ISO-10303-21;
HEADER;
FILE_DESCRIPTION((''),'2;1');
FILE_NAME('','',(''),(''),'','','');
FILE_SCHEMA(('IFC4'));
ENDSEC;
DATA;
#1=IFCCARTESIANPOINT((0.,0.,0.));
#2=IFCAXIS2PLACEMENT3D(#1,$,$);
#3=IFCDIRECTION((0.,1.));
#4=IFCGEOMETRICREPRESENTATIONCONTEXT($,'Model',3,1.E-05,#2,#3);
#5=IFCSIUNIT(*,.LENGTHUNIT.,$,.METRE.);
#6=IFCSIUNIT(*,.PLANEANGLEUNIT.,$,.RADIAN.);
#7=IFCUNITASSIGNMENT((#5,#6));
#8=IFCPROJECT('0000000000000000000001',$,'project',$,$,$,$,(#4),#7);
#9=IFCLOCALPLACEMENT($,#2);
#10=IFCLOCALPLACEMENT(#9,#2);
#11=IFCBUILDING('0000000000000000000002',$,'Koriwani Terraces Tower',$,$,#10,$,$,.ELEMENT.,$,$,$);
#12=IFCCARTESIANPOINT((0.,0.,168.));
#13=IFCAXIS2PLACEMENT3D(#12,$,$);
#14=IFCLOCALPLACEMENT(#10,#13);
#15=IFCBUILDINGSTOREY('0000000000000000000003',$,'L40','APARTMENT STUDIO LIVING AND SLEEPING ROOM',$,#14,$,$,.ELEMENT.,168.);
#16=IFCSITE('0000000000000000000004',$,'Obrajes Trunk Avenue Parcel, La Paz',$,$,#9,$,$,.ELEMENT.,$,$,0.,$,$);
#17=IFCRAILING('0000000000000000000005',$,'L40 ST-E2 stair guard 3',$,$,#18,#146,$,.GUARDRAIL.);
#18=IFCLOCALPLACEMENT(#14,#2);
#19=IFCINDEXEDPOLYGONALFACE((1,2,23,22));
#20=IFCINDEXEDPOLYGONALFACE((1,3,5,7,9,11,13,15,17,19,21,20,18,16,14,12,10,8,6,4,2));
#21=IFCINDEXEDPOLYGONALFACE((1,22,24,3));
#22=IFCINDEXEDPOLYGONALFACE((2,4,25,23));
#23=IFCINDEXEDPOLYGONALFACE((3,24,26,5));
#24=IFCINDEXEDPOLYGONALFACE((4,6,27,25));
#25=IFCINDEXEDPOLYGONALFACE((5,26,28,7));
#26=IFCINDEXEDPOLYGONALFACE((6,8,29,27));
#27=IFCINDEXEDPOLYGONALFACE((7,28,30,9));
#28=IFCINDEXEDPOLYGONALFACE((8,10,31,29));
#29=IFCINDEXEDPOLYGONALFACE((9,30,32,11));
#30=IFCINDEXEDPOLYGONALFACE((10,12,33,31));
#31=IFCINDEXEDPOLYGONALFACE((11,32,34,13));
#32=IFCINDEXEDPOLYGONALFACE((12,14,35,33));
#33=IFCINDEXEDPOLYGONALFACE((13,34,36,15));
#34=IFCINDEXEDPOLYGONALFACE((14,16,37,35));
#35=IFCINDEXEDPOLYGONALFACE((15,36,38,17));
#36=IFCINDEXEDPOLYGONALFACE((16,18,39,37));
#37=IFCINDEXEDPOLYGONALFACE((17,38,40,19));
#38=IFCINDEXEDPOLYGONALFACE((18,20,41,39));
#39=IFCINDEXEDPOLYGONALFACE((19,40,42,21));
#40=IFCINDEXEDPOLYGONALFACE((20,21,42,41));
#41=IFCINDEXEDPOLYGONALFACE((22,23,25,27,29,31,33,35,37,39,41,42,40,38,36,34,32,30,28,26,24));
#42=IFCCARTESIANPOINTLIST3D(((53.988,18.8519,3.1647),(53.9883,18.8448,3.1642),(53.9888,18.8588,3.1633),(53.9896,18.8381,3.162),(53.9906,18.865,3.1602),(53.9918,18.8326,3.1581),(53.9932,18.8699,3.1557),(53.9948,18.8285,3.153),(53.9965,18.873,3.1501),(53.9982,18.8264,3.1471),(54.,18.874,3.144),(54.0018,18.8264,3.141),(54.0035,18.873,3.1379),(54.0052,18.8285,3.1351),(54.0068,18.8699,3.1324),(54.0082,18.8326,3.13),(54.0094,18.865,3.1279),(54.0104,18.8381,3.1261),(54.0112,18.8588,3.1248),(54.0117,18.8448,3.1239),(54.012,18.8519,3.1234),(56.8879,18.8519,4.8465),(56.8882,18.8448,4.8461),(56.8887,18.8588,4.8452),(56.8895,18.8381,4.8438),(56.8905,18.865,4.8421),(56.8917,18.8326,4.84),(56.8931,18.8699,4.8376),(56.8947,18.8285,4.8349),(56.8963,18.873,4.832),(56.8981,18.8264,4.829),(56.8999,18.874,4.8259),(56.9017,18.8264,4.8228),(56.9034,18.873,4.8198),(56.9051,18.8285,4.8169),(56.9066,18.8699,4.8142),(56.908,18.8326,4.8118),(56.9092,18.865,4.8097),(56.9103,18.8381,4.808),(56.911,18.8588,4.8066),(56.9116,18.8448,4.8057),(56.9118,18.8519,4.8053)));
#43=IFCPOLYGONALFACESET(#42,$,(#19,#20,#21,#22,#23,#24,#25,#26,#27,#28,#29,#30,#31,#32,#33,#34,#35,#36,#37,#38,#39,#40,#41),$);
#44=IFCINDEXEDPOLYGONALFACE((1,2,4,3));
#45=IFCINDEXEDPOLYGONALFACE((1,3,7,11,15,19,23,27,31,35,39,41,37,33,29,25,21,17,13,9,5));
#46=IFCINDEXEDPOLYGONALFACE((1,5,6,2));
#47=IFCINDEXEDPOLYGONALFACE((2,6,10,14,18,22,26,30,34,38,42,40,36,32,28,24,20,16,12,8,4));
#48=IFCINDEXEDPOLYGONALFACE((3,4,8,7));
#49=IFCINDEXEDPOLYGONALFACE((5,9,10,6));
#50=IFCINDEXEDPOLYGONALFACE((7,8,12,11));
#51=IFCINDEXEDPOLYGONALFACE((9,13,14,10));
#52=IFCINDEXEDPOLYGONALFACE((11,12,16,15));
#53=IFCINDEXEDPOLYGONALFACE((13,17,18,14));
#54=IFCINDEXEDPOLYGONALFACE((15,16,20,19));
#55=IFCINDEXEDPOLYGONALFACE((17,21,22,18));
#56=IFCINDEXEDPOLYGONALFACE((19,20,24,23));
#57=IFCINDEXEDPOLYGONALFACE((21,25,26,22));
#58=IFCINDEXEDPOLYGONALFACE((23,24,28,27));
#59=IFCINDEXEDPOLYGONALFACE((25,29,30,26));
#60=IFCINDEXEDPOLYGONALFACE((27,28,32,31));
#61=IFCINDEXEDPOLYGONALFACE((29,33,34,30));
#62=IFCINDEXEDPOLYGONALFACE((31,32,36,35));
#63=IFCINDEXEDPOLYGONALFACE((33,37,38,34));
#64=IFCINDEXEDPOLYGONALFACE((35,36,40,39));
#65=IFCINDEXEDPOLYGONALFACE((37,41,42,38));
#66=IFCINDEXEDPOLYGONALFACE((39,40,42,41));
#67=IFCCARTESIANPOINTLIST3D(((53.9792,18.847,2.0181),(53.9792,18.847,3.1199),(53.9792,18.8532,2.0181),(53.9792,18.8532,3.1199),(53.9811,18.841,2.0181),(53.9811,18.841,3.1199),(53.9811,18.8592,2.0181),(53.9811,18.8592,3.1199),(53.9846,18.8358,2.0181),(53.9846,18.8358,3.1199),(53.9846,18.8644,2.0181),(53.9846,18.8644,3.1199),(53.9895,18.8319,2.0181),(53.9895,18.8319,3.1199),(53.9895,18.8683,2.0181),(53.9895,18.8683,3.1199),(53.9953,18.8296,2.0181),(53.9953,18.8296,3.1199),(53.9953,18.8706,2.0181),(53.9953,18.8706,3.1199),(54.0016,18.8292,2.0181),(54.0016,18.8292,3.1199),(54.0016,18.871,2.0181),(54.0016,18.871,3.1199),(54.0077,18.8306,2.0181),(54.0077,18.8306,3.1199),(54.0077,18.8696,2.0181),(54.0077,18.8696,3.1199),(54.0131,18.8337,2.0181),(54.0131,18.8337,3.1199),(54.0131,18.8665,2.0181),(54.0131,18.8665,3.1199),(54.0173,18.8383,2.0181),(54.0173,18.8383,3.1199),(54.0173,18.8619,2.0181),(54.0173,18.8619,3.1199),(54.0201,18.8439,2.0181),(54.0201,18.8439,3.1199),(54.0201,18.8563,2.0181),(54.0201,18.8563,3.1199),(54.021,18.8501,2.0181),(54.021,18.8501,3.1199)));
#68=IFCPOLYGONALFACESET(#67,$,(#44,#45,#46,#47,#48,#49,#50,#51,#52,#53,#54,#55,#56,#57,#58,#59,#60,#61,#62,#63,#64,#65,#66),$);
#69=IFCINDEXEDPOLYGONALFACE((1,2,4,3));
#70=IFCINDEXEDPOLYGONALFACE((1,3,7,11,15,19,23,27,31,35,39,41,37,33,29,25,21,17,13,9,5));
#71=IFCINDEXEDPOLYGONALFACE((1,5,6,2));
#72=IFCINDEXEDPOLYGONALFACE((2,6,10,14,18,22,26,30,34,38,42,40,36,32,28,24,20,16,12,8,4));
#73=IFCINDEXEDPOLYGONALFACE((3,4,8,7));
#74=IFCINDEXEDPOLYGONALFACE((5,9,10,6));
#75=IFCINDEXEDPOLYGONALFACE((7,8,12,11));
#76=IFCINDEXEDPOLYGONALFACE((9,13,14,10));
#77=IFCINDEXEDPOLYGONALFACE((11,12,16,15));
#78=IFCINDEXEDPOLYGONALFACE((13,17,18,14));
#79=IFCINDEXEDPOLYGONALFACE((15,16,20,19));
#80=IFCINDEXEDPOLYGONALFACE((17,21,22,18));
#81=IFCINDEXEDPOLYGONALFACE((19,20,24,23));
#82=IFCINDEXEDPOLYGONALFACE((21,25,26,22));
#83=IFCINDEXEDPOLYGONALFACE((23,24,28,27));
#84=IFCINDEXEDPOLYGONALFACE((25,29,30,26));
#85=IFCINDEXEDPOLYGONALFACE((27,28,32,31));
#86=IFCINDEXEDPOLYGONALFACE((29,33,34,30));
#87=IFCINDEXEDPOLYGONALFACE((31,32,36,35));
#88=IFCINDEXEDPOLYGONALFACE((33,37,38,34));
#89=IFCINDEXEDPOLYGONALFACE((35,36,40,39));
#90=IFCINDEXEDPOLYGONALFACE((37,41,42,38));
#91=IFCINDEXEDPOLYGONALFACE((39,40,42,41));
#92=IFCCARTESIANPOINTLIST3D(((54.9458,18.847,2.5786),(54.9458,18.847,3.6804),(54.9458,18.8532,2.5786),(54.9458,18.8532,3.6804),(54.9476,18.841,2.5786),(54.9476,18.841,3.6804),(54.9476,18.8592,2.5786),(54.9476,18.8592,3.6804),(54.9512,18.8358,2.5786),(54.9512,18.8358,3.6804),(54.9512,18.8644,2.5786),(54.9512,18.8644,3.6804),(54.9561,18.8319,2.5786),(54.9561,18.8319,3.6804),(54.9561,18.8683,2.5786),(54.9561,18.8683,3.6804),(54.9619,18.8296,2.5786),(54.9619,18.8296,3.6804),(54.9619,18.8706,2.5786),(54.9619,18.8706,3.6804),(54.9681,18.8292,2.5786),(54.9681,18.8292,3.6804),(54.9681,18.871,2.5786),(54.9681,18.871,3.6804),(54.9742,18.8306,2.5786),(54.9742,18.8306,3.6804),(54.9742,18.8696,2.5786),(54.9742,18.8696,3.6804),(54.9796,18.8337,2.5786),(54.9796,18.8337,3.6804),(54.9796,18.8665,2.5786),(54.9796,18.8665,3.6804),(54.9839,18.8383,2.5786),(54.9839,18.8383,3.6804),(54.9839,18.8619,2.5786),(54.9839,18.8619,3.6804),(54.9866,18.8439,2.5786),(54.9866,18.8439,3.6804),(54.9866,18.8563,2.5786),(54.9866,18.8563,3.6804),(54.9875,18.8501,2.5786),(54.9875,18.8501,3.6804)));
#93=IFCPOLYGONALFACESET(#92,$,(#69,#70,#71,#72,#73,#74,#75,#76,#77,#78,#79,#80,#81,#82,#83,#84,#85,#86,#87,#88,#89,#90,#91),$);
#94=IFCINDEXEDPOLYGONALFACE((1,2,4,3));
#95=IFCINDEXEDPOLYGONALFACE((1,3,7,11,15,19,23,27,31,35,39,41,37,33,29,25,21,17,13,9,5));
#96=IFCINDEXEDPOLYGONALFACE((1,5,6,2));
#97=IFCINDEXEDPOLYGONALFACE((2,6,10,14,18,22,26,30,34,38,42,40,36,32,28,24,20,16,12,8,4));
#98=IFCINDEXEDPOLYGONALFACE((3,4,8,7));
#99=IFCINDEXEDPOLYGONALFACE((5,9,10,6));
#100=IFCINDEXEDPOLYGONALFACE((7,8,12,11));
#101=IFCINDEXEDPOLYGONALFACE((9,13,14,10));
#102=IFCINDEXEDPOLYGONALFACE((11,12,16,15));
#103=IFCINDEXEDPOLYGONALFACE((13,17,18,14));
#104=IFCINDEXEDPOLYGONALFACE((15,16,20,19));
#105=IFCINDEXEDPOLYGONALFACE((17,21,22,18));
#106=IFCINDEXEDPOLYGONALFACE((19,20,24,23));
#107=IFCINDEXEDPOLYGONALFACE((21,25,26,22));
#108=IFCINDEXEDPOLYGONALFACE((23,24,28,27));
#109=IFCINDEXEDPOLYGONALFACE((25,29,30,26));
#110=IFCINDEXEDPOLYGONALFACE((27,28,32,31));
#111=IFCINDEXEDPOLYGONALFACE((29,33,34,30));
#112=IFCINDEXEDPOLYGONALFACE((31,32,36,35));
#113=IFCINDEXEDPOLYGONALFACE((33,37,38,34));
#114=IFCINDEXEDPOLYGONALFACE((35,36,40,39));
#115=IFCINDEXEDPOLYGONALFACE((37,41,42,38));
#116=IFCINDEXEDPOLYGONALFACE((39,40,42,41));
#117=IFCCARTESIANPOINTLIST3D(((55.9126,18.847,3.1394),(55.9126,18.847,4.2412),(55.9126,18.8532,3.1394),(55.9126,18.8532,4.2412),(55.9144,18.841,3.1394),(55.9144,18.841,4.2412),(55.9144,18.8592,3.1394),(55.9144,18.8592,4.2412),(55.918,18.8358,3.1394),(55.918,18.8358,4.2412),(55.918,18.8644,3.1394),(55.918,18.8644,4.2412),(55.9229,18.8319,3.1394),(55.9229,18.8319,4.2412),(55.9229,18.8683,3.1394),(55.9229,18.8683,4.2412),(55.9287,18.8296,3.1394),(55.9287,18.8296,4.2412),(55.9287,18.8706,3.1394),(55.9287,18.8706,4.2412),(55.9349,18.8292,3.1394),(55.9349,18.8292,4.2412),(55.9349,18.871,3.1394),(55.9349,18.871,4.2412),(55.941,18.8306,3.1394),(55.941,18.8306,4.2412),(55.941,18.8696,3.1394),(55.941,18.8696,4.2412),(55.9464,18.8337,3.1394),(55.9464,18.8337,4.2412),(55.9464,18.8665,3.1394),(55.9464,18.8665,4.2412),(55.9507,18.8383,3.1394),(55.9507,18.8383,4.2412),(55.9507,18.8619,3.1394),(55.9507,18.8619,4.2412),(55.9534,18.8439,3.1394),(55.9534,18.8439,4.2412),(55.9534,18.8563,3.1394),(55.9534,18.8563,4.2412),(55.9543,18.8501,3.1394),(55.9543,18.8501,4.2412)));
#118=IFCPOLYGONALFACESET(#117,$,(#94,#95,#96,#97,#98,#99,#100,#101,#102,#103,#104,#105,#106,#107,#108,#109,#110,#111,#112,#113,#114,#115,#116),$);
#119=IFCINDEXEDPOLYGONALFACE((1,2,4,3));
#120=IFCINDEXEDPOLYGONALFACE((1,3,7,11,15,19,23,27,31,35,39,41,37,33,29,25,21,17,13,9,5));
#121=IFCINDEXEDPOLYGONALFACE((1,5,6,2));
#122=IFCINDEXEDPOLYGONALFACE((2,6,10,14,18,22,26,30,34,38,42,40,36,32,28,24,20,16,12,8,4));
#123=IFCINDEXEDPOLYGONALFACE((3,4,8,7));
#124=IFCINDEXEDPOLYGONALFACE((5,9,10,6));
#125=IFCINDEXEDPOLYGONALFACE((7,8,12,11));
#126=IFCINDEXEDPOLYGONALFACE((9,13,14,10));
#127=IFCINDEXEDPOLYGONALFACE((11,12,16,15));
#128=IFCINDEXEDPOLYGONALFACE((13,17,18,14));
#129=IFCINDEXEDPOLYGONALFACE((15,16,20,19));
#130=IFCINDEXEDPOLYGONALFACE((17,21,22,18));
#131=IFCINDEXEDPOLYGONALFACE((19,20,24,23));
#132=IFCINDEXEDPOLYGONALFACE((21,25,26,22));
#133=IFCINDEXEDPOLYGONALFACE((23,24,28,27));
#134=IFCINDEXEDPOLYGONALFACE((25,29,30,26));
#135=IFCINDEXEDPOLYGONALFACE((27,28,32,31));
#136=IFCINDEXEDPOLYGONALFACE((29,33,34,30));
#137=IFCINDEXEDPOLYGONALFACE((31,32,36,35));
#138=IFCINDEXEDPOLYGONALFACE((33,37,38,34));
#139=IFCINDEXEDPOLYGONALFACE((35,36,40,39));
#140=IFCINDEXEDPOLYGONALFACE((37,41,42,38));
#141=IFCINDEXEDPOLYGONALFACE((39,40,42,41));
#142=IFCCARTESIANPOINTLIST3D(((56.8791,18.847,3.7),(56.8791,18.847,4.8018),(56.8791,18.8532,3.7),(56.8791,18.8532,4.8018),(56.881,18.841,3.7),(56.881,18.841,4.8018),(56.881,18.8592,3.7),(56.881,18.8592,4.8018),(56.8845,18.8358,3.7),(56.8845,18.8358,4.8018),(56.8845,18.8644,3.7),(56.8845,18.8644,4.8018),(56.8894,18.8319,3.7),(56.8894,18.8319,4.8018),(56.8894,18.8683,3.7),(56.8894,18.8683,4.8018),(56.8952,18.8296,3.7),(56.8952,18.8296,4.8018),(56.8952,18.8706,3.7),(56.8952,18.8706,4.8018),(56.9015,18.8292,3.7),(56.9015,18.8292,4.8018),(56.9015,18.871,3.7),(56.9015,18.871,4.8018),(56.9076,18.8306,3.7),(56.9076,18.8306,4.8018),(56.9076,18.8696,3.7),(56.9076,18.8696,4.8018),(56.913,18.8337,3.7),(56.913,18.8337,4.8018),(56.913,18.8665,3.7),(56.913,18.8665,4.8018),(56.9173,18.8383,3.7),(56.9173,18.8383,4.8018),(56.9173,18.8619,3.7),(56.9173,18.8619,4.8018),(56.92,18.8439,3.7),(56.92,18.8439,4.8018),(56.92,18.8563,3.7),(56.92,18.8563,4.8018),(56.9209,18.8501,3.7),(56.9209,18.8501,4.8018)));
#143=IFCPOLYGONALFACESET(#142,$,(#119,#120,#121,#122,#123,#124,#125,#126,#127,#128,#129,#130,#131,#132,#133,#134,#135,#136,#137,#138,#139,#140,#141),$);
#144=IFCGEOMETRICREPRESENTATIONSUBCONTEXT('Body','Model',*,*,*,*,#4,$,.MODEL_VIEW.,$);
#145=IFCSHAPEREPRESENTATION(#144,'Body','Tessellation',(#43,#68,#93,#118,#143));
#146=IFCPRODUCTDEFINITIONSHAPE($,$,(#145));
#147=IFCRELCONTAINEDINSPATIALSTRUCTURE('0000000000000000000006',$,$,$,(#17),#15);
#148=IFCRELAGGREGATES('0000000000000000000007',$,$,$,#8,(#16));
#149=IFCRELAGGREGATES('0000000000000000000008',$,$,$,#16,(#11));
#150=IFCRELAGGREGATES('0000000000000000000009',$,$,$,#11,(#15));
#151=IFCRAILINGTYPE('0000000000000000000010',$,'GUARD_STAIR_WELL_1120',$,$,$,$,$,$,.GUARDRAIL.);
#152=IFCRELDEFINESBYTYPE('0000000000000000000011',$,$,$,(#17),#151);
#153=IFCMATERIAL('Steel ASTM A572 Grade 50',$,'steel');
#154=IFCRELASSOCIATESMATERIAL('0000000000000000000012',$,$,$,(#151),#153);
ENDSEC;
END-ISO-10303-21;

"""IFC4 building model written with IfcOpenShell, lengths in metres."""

from ifc_helpers import new_model, si_unit, direction, frame, origin, origin_2d, place, context, subcontext, project, spatial, circle, extrude, material, type_object, element, save


model = new_model("IFC4")

# Units and contexts
model_context = context("Model", 3, precision=1e-05, world=origin(), true_north=direction((0.0, 1.0)))
body_context = subcontext(model_context, "Body", "Model", "MODEL_VIEW")
ifc_project = project(units=[si_unit("LENGTHUNIT", "METRE"), si_unit("PLANEANGLEUNIT", "RADIAN")], contexts=[model_context])

# Site, building, storey
site_placement = place(None, origin())
site = spatial("IfcSite", under=ifc_project, at=site_placement, Name="Obrajes Trunk Avenue Parcel, La Paz", CompositionType="ELEMENT", RefElevation=0.0)
building_placement = place(site_placement, origin())
building = spatial("IfcBuilding", under=site, at=building_placement, Name="Koriwani Terraces Tower", CompositionType="ELEMENT")
storey_placement = place(building_placement, frame((0.0, 0.0, 168.0)))
storey = spatial("IfcBuildingStorey", under=building, at=storey_placement, Name="L40", Description="APARTMENT STUDIO LIVING AND SLEEPING ROOM", CompositionType="ELEMENT", Elevation=168.0)

# Shared definitions
ifc_material_1 = material(Name="Steel ASTM A572 Grade 50", Category="steel")

# Railing
railing_type_1 = type_object("IfcRailingType", Name="GUARD_STAIR_WELL_1120", PredefinedType="GUARDRAIL", material=ifc_material_1)
railing_1_placement = place(storey_placement, frame((54.0, 18.8501, 2.0181)))
element("IfcRailing", 1, at=railing_1_placement, inside=storey, type_object=railing_type_1, Name="L40 ST-E2 stair guard 3", PredefinedType="GUARDRAIL", context=body_context, shape_type="SweptSolid", body=[
    extrude(circle(Radius=0.0239, at=origin_2d()), frame((0.0, 0.0, 1.126), z_axis=(0.865039, 0.0, 0.501705), x_axis=(0.0, 1.0, 0.0)), (0.0, 0.0, 1.0), 3.3523),
    extrude(circle(Radius=0.021, at=origin_2d()), origin(), (0.0, 0.0, 1.0), 1.1018),
    extrude(circle(Radius=0.021, at=origin_2d()), frame((0.9666, 0.0, 0.5605)), (0.0, 0.0, 1.0), 1.1018),
    extrude(circle(Radius=0.021, at=origin_2d()), frame((1.9333, 0.0, 1.1213)), (0.0, 0.0, 1.0), 1.1018),
    extrude(circle(Radius=0.021, at=origin_2d()), frame((2.8999, 0.0, 1.6819)), (0.0, 0.0, 1.0), 1.1018),
])

save(model, "model.ifc")
